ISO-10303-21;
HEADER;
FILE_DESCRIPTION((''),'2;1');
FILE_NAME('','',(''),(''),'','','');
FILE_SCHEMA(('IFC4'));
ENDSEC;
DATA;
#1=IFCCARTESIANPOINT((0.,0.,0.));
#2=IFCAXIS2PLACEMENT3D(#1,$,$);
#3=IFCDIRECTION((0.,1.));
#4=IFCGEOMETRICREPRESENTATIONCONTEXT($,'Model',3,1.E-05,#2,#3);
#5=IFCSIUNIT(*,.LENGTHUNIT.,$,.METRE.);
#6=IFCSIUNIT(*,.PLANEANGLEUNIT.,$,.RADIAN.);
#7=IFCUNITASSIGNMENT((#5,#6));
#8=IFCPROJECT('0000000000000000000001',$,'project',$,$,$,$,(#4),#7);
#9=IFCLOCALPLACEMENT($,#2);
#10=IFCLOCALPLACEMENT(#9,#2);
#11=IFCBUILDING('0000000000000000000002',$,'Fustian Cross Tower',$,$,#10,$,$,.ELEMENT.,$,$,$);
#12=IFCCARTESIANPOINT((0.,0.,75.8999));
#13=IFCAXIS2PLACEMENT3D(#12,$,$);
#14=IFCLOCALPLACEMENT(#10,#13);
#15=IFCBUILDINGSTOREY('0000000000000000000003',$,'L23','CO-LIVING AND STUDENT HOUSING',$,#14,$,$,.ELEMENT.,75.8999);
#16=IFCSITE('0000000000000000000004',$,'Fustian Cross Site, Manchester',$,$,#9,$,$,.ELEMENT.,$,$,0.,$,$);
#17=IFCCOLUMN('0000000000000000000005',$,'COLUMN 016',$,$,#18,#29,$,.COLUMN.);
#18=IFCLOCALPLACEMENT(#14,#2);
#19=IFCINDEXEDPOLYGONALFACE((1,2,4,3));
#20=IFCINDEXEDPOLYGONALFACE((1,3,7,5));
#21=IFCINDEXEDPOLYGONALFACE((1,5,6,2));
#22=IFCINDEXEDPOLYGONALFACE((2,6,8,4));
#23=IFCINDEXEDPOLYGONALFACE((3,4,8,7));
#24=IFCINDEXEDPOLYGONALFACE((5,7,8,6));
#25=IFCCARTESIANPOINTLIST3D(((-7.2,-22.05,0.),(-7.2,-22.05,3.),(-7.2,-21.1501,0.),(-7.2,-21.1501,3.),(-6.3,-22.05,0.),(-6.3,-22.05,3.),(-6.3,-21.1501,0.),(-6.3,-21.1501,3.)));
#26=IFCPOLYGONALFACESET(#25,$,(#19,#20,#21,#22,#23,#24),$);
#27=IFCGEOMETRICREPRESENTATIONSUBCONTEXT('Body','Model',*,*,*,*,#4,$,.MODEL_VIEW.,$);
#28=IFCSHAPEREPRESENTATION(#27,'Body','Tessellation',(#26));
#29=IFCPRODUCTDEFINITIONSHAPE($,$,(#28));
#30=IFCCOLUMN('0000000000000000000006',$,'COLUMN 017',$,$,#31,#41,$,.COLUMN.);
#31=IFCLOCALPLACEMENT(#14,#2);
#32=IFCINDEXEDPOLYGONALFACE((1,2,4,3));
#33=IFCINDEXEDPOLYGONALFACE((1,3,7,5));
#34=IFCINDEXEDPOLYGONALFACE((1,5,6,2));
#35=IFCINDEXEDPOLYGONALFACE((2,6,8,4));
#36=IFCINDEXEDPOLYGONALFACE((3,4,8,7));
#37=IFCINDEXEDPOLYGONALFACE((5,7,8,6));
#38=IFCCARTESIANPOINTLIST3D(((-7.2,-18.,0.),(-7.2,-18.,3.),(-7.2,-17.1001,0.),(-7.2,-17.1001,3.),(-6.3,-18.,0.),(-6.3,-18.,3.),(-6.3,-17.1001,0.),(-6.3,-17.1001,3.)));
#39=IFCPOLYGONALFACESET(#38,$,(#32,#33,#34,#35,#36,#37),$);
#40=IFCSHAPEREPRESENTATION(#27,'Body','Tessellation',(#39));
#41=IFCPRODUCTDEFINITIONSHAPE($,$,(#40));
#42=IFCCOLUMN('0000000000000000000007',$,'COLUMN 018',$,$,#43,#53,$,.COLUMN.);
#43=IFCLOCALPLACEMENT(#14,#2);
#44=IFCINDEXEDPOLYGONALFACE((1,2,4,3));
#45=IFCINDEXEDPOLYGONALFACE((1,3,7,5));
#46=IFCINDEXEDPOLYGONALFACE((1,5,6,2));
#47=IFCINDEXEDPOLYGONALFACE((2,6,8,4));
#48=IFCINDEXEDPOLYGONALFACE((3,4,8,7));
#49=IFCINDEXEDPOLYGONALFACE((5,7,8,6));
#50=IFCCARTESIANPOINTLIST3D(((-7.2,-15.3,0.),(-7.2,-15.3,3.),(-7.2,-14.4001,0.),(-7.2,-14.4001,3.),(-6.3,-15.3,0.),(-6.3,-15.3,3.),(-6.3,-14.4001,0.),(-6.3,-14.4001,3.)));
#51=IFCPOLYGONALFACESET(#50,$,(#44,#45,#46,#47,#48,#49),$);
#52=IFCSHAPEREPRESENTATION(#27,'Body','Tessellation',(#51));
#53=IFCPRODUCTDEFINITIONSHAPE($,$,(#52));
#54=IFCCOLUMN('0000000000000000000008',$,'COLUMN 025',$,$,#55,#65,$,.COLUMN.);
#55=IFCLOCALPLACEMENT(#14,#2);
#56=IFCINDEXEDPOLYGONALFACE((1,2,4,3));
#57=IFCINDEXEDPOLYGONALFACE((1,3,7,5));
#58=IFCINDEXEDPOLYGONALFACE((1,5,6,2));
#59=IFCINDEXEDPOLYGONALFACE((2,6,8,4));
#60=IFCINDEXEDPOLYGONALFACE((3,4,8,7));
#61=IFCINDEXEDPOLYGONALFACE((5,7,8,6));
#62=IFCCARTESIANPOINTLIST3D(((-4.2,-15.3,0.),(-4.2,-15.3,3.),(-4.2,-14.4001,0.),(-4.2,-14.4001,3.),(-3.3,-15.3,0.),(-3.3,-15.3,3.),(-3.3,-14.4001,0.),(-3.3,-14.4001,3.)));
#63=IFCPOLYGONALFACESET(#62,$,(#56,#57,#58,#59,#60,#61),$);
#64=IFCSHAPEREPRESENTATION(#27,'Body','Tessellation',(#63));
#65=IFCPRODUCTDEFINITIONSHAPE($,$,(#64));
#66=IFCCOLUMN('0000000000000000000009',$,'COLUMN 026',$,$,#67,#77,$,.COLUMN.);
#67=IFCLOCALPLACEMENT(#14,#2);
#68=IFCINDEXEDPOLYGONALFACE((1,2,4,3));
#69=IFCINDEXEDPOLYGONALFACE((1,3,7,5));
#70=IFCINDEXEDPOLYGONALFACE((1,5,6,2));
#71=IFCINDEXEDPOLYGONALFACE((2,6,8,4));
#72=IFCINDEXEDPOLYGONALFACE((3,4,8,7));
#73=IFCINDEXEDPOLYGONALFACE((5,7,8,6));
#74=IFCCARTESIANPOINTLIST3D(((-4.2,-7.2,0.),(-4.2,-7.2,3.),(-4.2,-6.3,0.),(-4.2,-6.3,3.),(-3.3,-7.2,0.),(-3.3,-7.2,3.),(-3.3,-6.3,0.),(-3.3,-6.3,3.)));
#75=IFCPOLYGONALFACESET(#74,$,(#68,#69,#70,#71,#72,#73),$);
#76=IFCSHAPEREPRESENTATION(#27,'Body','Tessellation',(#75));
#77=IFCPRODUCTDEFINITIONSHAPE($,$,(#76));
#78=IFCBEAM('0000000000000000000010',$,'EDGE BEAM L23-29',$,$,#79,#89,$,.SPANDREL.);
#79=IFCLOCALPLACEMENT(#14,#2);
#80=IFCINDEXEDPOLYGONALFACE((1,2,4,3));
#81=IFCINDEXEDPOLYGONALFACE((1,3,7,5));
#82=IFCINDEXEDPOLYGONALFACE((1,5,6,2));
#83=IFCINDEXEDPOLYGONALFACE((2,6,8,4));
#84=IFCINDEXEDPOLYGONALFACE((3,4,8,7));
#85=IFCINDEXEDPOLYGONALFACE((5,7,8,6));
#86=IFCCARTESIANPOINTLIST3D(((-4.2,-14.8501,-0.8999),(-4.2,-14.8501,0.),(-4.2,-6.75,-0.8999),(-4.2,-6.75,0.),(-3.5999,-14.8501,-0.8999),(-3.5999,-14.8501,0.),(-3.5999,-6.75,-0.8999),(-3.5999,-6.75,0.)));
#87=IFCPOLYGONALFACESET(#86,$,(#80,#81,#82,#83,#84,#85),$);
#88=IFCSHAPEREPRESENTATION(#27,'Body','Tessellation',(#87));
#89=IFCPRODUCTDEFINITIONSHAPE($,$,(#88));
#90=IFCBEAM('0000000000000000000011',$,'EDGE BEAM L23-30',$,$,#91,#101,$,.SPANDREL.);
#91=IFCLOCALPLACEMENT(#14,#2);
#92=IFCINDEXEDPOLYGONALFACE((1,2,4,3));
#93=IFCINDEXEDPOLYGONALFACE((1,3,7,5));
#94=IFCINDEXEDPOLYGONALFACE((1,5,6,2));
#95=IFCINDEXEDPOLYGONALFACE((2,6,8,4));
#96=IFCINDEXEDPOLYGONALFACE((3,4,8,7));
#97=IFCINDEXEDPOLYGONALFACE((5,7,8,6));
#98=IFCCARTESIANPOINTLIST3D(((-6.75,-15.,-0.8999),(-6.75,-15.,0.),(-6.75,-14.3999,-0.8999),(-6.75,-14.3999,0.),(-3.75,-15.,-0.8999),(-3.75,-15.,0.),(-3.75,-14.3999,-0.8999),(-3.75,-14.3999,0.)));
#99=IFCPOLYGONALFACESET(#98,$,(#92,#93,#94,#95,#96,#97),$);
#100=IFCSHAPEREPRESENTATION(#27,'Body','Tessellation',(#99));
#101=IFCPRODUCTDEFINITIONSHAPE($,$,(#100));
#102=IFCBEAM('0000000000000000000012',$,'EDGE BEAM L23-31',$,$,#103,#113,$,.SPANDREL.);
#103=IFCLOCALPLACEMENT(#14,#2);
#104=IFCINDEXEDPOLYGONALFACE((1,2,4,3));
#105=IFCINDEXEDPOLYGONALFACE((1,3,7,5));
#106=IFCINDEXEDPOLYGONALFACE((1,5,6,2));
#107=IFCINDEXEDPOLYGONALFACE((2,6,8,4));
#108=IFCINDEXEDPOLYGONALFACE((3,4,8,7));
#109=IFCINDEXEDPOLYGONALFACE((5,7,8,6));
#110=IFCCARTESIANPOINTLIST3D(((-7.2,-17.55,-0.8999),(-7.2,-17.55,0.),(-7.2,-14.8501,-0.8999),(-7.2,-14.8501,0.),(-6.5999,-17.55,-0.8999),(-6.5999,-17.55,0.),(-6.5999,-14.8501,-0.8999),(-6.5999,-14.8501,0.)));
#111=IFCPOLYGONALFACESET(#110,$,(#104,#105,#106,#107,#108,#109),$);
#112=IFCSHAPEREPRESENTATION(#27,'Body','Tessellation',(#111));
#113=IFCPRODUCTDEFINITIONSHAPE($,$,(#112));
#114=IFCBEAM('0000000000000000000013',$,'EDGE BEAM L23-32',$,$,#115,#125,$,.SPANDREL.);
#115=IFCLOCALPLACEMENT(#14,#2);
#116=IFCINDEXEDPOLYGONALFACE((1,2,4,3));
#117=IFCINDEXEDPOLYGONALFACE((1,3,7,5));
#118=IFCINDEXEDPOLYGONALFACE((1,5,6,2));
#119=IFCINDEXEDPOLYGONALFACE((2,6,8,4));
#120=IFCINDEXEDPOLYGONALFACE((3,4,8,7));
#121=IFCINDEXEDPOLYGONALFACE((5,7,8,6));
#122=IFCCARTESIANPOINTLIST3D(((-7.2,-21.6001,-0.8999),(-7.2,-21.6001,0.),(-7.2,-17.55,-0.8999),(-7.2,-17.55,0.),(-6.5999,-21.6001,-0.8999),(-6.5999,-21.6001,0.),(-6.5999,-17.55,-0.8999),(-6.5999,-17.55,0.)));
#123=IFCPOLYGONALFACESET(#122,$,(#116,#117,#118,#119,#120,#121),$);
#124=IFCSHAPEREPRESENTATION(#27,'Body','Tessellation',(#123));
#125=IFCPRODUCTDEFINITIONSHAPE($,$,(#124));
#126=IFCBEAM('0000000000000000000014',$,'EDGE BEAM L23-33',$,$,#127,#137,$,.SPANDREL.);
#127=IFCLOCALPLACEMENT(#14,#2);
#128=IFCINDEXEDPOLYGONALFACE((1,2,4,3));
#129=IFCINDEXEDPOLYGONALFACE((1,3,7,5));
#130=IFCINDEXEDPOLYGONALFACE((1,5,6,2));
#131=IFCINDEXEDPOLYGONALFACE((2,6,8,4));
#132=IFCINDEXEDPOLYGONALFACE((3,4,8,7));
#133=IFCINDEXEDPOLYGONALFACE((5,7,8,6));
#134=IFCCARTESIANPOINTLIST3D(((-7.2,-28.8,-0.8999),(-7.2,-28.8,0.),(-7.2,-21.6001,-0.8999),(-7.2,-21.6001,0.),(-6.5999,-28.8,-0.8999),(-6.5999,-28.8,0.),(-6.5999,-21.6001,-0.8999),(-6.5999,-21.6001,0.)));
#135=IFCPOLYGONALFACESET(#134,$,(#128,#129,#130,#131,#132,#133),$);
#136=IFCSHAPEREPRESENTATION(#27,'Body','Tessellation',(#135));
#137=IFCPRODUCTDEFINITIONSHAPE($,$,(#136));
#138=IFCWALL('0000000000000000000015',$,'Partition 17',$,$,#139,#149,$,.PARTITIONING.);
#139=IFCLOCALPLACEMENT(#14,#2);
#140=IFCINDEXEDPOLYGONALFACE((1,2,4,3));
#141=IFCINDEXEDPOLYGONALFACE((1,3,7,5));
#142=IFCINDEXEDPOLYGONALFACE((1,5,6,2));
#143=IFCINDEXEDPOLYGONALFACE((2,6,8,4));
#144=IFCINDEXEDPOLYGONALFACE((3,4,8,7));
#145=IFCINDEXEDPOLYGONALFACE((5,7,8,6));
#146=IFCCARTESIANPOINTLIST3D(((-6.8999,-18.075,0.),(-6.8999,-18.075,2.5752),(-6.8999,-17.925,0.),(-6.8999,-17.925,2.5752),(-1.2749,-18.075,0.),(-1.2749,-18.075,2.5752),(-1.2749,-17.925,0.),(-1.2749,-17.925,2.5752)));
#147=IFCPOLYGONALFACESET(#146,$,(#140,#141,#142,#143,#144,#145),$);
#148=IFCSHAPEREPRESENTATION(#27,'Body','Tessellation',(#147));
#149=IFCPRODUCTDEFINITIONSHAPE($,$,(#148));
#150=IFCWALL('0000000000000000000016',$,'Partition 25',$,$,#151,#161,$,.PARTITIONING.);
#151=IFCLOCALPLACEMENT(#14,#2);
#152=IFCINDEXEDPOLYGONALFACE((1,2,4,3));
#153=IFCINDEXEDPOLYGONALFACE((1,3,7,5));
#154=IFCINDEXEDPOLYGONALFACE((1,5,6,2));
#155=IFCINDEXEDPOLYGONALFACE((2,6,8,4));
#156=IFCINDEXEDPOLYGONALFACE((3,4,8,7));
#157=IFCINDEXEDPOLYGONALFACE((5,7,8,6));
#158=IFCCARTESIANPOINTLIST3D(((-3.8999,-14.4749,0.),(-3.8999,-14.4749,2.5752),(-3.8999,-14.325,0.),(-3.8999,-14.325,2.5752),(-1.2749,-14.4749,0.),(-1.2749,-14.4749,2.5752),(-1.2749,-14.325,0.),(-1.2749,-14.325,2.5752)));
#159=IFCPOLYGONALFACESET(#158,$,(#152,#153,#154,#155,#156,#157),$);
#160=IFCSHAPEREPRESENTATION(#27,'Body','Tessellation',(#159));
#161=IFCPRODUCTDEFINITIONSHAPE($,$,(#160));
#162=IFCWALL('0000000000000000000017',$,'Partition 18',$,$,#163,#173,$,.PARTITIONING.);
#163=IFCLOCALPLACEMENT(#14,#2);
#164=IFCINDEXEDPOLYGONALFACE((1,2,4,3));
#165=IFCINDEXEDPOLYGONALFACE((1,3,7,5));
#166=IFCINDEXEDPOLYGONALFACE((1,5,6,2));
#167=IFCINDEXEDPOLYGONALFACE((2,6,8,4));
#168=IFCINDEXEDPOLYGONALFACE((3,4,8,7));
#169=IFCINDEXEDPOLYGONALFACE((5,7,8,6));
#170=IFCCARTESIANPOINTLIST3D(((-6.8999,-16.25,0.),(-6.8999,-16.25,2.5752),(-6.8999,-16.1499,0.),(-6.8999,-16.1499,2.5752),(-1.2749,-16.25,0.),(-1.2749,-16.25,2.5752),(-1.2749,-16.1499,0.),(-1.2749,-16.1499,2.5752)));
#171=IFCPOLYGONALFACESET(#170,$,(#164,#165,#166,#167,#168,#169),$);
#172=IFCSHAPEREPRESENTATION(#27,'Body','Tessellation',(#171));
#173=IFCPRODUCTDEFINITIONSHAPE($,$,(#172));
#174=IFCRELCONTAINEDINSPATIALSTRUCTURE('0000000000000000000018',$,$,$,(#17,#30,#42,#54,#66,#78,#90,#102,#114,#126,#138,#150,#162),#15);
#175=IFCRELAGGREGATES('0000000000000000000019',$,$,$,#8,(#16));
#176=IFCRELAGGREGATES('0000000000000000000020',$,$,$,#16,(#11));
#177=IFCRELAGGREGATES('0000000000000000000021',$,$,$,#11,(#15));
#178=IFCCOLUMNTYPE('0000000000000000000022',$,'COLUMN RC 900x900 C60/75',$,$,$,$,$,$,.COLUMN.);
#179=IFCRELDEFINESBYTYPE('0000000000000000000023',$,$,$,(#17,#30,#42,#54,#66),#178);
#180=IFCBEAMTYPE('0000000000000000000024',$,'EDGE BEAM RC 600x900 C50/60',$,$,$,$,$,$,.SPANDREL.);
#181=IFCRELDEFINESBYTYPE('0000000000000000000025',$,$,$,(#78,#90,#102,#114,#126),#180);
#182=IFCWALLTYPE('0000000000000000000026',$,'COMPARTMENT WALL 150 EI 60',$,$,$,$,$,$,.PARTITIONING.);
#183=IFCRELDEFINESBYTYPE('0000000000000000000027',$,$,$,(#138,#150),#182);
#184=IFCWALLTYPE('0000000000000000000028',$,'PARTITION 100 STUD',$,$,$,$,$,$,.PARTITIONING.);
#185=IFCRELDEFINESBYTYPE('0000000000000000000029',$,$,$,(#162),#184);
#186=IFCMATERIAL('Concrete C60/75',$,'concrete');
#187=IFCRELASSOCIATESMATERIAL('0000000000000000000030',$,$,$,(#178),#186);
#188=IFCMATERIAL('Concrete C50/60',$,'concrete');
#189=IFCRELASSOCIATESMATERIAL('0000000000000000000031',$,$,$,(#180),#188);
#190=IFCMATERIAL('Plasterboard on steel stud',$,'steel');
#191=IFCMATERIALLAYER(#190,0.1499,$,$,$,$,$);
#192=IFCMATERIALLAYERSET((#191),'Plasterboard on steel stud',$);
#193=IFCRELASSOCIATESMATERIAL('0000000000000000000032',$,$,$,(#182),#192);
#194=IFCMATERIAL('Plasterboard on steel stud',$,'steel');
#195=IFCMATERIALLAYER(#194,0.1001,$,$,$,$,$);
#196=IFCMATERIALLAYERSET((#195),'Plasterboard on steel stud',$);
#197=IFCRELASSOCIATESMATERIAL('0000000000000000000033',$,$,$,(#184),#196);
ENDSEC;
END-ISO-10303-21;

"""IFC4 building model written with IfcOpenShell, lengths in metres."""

from ifc_helpers import new_model, si_unit, direction, frame, frame_2d, origin, origin_2d, place, context, subcontext, project, spatial, rectangle, extrude, material, layer, layer_set, material_profile, profile_set, type_object, element, save


model = new_model("IFC4")

# Units and contexts
model_context = context("Model", 3, precision=1e-05, world=origin(), true_north=direction((0.0, 1.0)))
body_context = subcontext(model_context, "Body", "Model", "MODEL_VIEW")
ifc_project = project(units=[si_unit("LENGTHUNIT", "METRE"), si_unit("PLANEANGLEUNIT", "RADIAN")], contexts=[model_context])

# Site, building, storey
site_placement = place(None, origin())
site = spatial("IfcSite", under=ifc_project, at=site_placement, Name="Fustian Cross Site, Manchester", CompositionType="ELEMENT", RefElevation=0.0)
building_placement = place(site_placement, origin())
building = spatial("IfcBuilding", under=site, at=building_placement, Name="Fustian Cross Tower", CompositionType="ELEMENT")
storey_placement = place(building_placement, frame((0.0, 0.0, 75.8999)))
storey = spatial("IfcBuildingStorey", under=building, at=storey_placement, Name="L23", Description="CO-LIVING AND STUDENT HOUSING", CompositionType="ELEMENT", Elevation=75.8999)

# Columns
ifc_material_1 = material(Name="Concrete C60/75", Category="concrete")
ifc_material_profile_1 = material_profile(ifc_material_1, rectangle(XDim=0.8999, YDim=0.8999, at=origin_2d()), Name="RC 900x900")
ifc_profile_set_1 = profile_set([ifc_material_profile_1], Name="Concrete C60/75")
column_type = type_object("IfcColumnType", Name="COLUMN RC 900x900 C60/75", PredefinedType="COLUMN", material=ifc_profile_set_1)
for number, where, z_axis, x_axis, name in (
    (1, (-6.75, -21.6001, 0.0), (0.0, 0.0, 1.0), (1.0, 0.0, 0.0), "COLUMN 016"),
    (2, (-6.75, -17.55, 0.0), (0.0, 0.0, 1.0), (1.0, 0.0, 0.0), "COLUMN 017"),
    (3, (-6.75, -14.8501, 0.0), (0.0, 0.0, 1.0), (1.0, 0.0, 0.0), "COLUMN 018"),
    (4, (-3.75, -14.8501, 0.0), (0.0, 0.0, 1.0), (1.0, 0.0, 0.0), "COLUMN 025"),
    (5, (-3.75, -6.75, 0.0), (0.0, 0.0, 1.0), (1.0, 0.0, 0.0), "COLUMN 026"),
):
    element("IfcColumn", number, at=place(storey_placement, frame(where, z_axis=z_axis, x_axis=x_axis)), inside=storey, type_object=column_type, Name=name, PredefinedType="COLUMN", context=body_context, shape_type="SweptSolid", body=[
        extrude(rectangle(XDim=0.8999, YDim=0.8999, at=origin_2d()), origin(), (0.0, 0.0, 1.0), 3.0),
    ])

# Beams
ifc_material_2 = material(Name="Concrete C50/60", Category="concrete")
ifc_material_profile_2 = material_profile(ifc_material_2, rectangle(XDim=0.6001, YDim=0.8999, at=origin_2d()), Name="RC 600x900")
ifc_profile_set_2 = profile_set([ifc_material_profile_2], Name="Concrete C50/60")
beam_type = type_object("IfcBeamType", Name="EDGE BEAM RC 600x900 C50/60", PredefinedType="SPANDREL", material=ifc_profile_set_2)
beam_1_placement = place(storey_placement, frame((-3.8999, -6.75, -0.45), z_axis=(0.0, -1.0, 0.0), x_axis=(1.0, 0.0, 0.0)))
element("IfcBeam", 6, at=beam_1_placement, inside=storey, type_object=beam_type, Name="EDGE BEAM L23-29", PredefinedType="SPANDREL", context=body_context, shape_type="SweptSolid", body=[
    extrude(rectangle(XDim=0.6001, YDim=0.8999, at=origin_2d()), origin(), (0.0, 0.0, 1.0), 8.1001),
])
beam_2_placement = place(storey_placement, frame((-3.75, -14.7, -0.45), z_axis=(-1.0, 0.0, 0.0), x_axis=(0.0, -1.0, 0.0)))
element("IfcBeam", 7, at=beam_2_placement, inside=storey, type_object=beam_type, Name="EDGE BEAM L23-30", PredefinedType="SPANDREL", context=body_context, shape_type="SweptSolid", body=[
    extrude(rectangle(XDim=0.6001, YDim=0.8999, at=origin_2d()), origin(), (0.0, 0.0, 1.0), 3.0),
])
beam_3_placement = place(storey_placement, frame((-6.8999, -14.8501, -0.45), z_axis=(0.0, -1.0, 0.0), x_axis=(1.0, 0.0, 0.0)))
element("IfcBeam", 8, at=beam_3_placement, inside=storey, type_object=beam_type, Name="EDGE BEAM L23-31", PredefinedType="SPANDREL", context=body_context, shape_type="SweptSolid", body=[
    extrude(rectangle(XDim=0.6001, YDim=0.8999, at=origin_2d()), origin(), (0.0, 0.0, 1.0), 2.7),
])
beam_4_placement = place(storey_placement, frame((-6.8999, -17.55, -0.45), z_axis=(0.0, -1.0, 0.0), x_axis=(1.0, 0.0, 0.0)))
element("IfcBeam", 9, at=beam_4_placement, inside=storey, type_object=beam_type, Name="EDGE BEAM L23-32", PredefinedType="SPANDREL", context=body_context, shape_type="SweptSolid", body=[
    extrude(rectangle(XDim=0.6001, YDim=0.8999, at=origin_2d()), origin(), (0.0, 0.0, 1.0), 4.05),
])
beam_5_placement = place(storey_placement, frame((-6.8999, -21.6001, -0.45), z_axis=(0.0, -1.0, 0.0), x_axis=(1.0, 0.0, 0.0)))
element("IfcBeam", 10, at=beam_5_placement, inside=storey, type_object=beam_type, Name="EDGE BEAM L23-33", PredefinedType="SPANDREL", context=body_context, shape_type="SweptSolid", body=[
    extrude(rectangle(XDim=0.6001, YDim=0.8999, at=origin_2d()), origin(), (0.0, 0.0, 1.0), 7.2),
])

# Walls
ifc_material_3 = material(Name="Plasterboard on steel stud", Category="steel")
ifc_layer_1 = layer(ifc_material_3, 0.1499)
ifc_layer_set_1 = layer_set([ifc_layer_1], Name="Plasterboard on steel stud")
wall_type_1 = type_object("IfcWallType", Name="COMPARTMENT WALL 150 EI 60", PredefinedType="PARTITIONING", material=ifc_layer_set_1)
wall_1_placement = place(storey_placement, frame((-6.8999, -18.0, 0.0), z_axis=(0.0, 0.0, 1.0), x_axis=(1.0, 0.0, 0.0)))
element("IfcWall", 11, at=wall_1_placement, inside=storey, type_object=wall_type_1, Name="Partition 17", PredefinedType="PARTITIONING", context=body_context, shape_type="SweptSolid", body=[
    extrude(rectangle(XDim=5.625, YDim=0.1499, at=frame_2d((2.8125, 0.0))), origin(), (0.0, 0.0, 1.0), 2.5752),
])
wall_2_placement = place(storey_placement, frame((-3.8999, -14.3999, 0.0), z_axis=(0.0, 0.0, 1.0), x_axis=(1.0, 0.0, 0.0)))
element("IfcWall", 12, at=wall_2_placement, inside=storey, type_object=wall_type_1, Name="Partition 25", PredefinedType="PARTITIONING", context=body_context, shape_type="SweptSolid", body=[
    extrude(rectangle(XDim=2.625, YDim=0.1499, at=frame_2d((1.3125, 0.0))), origin(), (0.0, 0.0, 1.0), 2.5752),
])
ifc_material_4 = material(Name="Plasterboard on steel stud", Category="steel")
ifc_layer_2 = layer(ifc_material_4, 0.1001)
ifc_layer_set_2 = layer_set([ifc_layer_2], Name="Plasterboard on steel stud")
wall_type_2 = type_object("IfcWallType", Name="PARTITION 100 STUD", PredefinedType="PARTITIONING", material=ifc_layer_set_2)
wall_3_placement = place(storey_placement, frame((-6.8999, -16.2, 0.0), z_axis=(0.0, 0.0, 1.0), x_axis=(1.0, 0.0, 0.0)))
element("IfcWall", 13, at=wall_3_placement, inside=storey, type_object=wall_type_2, Name="Partition 18", PredefinedType="PARTITIONING", context=body_context, shape_type="SweptSolid", body=[
    extrude(rectangle(XDim=5.625, YDim=0.1001, at=frame_2d((2.8125, 0.0))), origin(), (0.0, 0.0, 1.0), 2.5752),
])

save(model, "model.ifc")
